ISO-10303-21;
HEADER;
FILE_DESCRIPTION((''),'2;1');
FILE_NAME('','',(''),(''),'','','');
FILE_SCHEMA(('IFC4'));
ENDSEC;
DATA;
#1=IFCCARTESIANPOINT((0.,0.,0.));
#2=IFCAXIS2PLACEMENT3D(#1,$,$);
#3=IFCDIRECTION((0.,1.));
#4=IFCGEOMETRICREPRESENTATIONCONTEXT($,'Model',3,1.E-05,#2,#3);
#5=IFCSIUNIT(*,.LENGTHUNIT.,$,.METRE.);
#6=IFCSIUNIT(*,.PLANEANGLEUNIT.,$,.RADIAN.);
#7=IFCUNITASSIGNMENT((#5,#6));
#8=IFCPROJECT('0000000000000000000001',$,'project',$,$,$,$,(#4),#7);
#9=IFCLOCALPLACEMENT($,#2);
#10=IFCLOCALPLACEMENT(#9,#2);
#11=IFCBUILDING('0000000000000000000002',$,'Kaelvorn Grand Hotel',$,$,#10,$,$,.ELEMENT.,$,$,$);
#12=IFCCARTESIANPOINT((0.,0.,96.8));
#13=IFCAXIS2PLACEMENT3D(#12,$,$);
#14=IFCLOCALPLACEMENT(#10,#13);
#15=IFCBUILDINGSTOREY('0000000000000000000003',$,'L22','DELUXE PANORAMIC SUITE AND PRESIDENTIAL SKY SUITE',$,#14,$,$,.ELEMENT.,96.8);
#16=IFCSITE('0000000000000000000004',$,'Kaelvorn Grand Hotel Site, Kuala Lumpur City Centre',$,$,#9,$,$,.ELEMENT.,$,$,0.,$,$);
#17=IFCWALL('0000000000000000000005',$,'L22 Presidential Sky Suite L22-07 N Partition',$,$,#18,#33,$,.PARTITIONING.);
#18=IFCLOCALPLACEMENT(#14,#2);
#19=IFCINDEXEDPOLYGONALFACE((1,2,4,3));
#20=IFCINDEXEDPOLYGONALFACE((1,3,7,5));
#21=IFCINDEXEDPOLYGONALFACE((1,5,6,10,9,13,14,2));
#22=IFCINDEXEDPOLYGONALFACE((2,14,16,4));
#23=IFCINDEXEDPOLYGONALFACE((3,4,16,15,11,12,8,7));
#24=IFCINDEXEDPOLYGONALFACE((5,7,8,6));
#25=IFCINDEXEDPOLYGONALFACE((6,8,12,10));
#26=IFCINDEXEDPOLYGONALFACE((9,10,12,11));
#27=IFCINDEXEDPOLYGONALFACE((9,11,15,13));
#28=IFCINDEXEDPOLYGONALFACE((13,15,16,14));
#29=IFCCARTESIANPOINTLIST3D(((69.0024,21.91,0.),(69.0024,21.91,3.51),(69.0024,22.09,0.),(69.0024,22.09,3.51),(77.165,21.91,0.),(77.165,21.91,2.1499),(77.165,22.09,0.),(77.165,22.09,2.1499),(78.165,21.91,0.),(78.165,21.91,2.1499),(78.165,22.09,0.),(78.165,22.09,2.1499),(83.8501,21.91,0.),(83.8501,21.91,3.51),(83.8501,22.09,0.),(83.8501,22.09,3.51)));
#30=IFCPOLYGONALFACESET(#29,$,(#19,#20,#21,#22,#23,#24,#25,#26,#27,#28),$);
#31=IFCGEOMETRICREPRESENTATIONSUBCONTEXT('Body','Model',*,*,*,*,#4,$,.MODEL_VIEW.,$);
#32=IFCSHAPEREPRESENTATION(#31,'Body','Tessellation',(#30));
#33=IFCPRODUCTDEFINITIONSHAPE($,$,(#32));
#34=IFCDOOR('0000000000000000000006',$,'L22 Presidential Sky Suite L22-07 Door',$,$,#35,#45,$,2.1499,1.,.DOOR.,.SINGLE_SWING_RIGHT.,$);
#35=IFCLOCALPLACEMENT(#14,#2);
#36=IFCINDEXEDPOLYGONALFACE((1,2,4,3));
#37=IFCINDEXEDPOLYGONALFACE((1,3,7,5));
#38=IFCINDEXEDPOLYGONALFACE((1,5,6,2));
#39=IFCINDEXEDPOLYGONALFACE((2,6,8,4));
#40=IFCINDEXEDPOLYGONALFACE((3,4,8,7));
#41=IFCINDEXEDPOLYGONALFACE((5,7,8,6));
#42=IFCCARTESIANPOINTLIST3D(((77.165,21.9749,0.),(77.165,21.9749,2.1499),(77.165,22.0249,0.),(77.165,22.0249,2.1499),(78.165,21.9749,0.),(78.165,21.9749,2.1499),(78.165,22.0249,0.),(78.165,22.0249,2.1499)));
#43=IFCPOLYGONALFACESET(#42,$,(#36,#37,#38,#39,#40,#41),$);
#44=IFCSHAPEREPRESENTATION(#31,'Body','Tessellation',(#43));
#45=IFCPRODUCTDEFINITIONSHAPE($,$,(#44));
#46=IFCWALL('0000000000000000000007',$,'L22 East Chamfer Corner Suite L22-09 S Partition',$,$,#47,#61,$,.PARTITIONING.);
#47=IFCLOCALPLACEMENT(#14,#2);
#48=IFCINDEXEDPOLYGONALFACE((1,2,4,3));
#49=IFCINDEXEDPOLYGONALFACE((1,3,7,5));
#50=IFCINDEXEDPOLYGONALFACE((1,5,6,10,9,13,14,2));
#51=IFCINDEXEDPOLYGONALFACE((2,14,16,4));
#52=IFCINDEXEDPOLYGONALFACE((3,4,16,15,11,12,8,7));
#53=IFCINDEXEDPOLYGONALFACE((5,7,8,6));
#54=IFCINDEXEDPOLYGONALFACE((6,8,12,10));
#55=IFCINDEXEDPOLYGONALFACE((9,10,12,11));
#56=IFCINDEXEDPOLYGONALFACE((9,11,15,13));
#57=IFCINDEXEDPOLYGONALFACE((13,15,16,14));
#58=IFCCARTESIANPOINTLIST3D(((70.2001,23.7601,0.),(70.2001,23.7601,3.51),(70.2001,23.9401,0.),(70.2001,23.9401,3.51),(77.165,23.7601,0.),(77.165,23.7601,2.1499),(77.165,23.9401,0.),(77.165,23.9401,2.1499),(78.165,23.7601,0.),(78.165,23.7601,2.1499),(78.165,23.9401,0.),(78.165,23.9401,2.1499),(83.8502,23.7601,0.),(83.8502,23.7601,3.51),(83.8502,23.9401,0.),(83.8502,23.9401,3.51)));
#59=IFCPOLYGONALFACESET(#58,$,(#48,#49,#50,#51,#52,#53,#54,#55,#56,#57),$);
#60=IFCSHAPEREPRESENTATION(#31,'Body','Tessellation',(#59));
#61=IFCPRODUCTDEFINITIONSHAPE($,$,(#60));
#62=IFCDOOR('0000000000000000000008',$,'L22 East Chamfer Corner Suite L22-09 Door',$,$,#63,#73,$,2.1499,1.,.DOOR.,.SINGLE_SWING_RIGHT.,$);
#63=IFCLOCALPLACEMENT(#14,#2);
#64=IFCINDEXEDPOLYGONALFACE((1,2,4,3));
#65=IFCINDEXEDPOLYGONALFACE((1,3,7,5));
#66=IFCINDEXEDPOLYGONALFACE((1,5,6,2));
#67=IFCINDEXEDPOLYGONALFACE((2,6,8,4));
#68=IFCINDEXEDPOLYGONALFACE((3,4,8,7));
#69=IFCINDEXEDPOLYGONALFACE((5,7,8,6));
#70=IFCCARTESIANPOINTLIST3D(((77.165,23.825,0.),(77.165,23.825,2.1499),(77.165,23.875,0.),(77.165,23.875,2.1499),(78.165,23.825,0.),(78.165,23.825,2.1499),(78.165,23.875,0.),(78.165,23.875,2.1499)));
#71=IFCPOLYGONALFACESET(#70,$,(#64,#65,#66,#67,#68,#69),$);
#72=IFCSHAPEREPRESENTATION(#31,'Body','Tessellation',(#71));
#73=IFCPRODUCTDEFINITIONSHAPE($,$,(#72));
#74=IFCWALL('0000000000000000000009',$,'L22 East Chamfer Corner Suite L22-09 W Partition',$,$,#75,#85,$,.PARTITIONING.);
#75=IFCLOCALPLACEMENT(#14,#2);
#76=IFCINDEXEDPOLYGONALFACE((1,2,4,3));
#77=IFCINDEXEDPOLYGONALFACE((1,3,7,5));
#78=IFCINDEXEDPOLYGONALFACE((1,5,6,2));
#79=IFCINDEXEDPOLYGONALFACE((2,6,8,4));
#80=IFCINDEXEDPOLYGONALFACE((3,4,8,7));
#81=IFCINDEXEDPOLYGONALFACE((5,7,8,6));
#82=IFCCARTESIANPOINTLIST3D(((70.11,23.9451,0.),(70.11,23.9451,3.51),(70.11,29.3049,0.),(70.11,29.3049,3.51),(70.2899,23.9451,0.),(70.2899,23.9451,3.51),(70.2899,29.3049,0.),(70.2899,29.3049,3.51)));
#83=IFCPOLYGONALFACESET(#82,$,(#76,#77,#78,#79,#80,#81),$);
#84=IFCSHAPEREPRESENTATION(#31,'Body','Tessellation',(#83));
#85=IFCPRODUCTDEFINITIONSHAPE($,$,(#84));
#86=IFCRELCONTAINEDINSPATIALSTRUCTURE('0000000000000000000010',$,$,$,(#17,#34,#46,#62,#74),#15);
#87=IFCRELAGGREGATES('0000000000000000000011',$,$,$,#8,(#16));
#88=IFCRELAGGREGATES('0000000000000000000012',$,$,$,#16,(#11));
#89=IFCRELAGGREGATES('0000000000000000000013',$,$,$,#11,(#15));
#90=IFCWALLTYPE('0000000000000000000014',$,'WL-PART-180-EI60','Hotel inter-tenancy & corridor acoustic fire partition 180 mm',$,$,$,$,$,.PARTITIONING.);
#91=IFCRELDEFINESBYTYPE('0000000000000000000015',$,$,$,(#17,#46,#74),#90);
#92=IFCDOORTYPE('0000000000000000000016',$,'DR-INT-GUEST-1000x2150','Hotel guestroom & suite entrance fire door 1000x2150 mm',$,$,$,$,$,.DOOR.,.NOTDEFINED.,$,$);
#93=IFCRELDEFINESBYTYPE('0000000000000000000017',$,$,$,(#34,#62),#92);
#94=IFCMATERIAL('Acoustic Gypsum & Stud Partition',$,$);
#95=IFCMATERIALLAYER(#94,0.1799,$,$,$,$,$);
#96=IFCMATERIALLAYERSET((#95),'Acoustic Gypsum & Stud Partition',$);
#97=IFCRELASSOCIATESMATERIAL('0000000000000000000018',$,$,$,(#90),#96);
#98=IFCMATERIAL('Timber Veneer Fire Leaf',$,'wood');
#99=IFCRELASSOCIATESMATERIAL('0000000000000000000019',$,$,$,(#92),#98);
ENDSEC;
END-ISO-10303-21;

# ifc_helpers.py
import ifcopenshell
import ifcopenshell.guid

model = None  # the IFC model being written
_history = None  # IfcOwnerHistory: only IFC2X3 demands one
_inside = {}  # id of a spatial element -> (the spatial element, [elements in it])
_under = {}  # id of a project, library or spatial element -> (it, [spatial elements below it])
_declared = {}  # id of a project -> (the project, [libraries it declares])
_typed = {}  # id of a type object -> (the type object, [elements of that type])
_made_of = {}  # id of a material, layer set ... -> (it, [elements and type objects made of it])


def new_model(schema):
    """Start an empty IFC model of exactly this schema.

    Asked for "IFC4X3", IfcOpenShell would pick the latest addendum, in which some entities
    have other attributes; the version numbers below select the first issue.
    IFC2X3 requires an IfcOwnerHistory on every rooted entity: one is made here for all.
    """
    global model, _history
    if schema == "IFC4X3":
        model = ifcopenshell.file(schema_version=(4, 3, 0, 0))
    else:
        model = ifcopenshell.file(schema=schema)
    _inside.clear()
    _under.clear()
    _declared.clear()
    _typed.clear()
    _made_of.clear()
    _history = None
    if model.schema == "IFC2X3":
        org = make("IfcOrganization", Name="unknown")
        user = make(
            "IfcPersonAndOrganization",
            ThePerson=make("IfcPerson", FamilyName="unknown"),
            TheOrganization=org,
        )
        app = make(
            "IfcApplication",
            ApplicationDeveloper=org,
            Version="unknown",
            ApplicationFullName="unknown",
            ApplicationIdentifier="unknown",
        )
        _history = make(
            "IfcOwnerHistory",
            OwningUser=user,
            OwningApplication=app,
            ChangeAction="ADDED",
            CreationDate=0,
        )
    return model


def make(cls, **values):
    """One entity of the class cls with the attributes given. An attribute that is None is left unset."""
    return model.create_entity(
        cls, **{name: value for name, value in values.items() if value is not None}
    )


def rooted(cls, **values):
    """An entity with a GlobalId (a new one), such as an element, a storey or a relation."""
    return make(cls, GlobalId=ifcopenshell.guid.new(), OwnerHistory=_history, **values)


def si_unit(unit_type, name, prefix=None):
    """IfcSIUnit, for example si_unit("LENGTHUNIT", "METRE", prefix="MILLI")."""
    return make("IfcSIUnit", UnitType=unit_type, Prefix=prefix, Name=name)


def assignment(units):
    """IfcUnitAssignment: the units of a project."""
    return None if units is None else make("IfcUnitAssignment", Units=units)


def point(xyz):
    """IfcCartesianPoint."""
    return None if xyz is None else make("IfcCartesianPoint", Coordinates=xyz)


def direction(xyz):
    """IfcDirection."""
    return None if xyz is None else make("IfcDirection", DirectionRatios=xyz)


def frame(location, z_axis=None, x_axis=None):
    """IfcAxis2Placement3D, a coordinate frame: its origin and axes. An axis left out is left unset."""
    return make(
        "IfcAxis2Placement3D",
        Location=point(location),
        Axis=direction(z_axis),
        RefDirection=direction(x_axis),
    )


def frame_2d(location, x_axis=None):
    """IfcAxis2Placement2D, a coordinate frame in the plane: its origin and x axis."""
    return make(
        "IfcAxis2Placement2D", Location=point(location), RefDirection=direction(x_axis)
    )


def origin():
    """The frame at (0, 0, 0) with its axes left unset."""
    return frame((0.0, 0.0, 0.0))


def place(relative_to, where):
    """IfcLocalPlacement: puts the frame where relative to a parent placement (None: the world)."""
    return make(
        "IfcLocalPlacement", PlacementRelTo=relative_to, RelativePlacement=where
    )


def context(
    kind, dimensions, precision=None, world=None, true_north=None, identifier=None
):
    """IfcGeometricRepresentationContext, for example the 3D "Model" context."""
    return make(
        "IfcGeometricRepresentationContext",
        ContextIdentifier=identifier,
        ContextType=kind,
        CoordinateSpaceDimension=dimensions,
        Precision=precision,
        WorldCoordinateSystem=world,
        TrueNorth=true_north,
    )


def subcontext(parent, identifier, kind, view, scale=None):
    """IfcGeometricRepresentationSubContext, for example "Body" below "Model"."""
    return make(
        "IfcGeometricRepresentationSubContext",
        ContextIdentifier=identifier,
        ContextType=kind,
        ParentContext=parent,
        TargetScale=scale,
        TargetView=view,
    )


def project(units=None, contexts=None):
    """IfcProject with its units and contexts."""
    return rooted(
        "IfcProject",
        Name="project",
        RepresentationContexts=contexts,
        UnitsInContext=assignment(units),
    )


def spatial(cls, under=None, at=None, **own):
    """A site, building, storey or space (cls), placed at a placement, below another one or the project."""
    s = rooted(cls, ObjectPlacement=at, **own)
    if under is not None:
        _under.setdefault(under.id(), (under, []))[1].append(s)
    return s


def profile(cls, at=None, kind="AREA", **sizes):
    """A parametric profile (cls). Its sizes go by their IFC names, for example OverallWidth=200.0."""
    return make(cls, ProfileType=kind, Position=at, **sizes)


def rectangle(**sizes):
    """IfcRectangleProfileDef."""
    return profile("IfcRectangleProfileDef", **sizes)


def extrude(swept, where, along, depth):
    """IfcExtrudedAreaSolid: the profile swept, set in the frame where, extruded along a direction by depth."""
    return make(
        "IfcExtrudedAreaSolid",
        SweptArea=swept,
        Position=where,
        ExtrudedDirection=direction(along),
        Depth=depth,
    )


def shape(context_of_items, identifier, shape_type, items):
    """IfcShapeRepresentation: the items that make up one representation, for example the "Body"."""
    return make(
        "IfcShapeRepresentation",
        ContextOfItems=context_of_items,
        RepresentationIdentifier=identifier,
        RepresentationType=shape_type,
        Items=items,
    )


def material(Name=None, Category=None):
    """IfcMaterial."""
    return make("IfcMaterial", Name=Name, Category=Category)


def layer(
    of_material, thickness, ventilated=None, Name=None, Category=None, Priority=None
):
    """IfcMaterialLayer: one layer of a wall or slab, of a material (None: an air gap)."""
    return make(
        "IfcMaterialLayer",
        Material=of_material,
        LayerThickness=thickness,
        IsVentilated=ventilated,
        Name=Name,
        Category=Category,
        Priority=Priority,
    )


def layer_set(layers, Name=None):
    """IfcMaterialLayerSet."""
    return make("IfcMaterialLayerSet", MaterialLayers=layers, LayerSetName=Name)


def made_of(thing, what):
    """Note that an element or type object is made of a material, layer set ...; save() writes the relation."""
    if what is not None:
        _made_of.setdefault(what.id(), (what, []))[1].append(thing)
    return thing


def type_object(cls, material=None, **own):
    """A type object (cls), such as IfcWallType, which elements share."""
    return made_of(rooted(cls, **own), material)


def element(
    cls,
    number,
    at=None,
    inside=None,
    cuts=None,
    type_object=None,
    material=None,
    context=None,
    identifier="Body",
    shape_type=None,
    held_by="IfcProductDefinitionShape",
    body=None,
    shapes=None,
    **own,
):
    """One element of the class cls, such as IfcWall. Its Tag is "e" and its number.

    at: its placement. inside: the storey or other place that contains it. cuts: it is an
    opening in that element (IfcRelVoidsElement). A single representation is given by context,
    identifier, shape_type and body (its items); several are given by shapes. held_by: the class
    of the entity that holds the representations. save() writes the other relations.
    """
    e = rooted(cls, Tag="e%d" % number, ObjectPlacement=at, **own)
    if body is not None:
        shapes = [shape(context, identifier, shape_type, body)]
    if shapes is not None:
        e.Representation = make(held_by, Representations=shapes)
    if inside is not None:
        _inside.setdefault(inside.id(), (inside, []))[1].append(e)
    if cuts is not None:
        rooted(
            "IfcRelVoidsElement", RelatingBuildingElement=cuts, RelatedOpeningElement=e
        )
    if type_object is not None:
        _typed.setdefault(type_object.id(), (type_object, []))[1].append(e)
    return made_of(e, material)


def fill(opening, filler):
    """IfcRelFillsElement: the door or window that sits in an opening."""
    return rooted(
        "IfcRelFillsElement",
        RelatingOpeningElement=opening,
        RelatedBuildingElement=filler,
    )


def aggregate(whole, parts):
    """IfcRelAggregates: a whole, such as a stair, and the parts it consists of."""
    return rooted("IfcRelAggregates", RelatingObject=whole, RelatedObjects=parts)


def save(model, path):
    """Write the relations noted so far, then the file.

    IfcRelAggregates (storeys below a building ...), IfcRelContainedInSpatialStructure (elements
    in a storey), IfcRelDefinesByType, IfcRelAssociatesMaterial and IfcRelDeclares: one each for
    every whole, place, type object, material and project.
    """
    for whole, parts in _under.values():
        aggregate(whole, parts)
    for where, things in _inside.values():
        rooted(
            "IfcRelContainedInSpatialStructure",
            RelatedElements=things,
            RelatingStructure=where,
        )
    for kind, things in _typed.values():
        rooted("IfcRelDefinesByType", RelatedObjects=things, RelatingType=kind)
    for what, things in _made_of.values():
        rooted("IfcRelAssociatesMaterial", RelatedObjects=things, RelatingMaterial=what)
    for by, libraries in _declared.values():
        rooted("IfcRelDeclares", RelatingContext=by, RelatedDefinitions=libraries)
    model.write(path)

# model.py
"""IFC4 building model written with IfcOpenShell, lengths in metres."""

from ifc_helpers import new_model, si_unit, direction, frame, frame_2d, origin, place, context, subcontext, project, spatial, rectangle, extrude, material, layer, layer_set, type_object, element, fill, save


model = new_model("IFC4")

# Units and contexts
model_context = context("Model", 3, precision=1e-05, world=origin(), true_north=direction((0.0, 1.0)))
body_context = subcontext(model_context, "Body", "Model", "MODEL_VIEW")
ifc_project = project(units=[si_unit("LENGTHUNIT", "METRE"), si_unit("PLANEANGLEUNIT", "RADIAN")], contexts=[model_context])

# Site, building, storey
site_placement = place(None, origin())
site = spatial("IfcSite", under=ifc_project, at=site_placement, Name="Kaelvorn Grand Hotel Site, Kuala Lumpur City Centre", CompositionType="ELEMENT", RefElevation=0.0)
building_placement = place(site_placement, origin())
building = spatial("IfcBuilding", under=site, at=building_placement, Name="Kaelvorn Grand Hotel", CompositionType="ELEMENT")
storey_placement = place(building_placement, frame((0.0, 0.0, 96.8)))
storey = spatial("IfcBuildingStorey", under=building, at=storey_placement, Name="L22", Description="DELUXE PANORAMIC SUITE AND PRESIDENTIAL SKY SUITE", CompositionType="ELEMENT", Elevation=96.8)

# Shared definitions
ifc_material_1 = material(Name="Acoustic Gypsum & Stud Partition")

# Walls, openings, doors
ifc_layer_1 = layer(ifc_material_1, 0.1799)
ifc_layer_set_1 = layer_set([ifc_layer_1], Name="Acoustic Gypsum & Stud Partition")
wall_type_1 = type_object("IfcWallType", Name="WL-PART-180-EI60", Description="Hotel inter-tenancy & corridor acoustic fire partition 180 mm", PredefinedType="PARTITIONING", material=ifc_layer_set_1)
wall_1_placement = place(storey_placement, frame((69.0024, 22.0, 0.0), z_axis=(0.0, 0.0, 1.0), x_axis=(1.0, 0.0, 0.0)))
wall_1 = element("IfcWall", 1, at=wall_1_placement, inside=storey, type_object=wall_type_1, Name="L22 Presidential Sky Suite L22-07 N Partition", PredefinedType="PARTITIONING", context=body_context, shape_type="SweptSolid", body=[
    extrude(rectangle(XDim=14.8477, YDim=0.1799, at=frame_2d((7.4238, 0.0))), origin(), (0.0, 0.0, 1.0), 3.51),
])
opening_1_placement = place(wall_1_placement, frame((8.1626, 0.0, 0.0)))
opening_1 = element("IfcOpeningElement", 2, at=opening_1_placement, cuts=wall_1, PredefinedType="OPENING", context=body_context, shape_type="SweptSolid", body=[
    extrude(rectangle(XDim=1.0, YDim=2.1499, at=frame_2d((0.5, 1.075))), frame((0.0, 0.1001, 0.0), z_axis=(0.0, -1.0, 0.0), x_axis=(1.0, 0.0, 0.0)), (0.0, 0.0, 1.0), 0.2),
])
ifc_material_2 = material(Name="Timber Veneer Fire Leaf", Category="wood")
door_type_1 = type_object("IfcDoorType", Name="DR-INT-GUEST-1000x2150", Description="Hotel guestroom & suite entrance fire door 1000x2150 mm", OperationType="NOTDEFINED", PredefinedType="DOOR", material=ifc_material_2)
door_1_placement = place(opening_1_placement, origin())
door_1 = element("IfcDoor", 3, at=door_1_placement, inside=storey, type_object=door_type_1, Name="L22 Presidential Sky Suite L22-07 Door", OperationType="SINGLE_SWING_RIGHT", OverallHeight=2.1499, OverallWidth=1.0, PredefinedType="DOOR", context=body_context, shape_type="SweptSolid", body=[
    extrude(rectangle(XDim=1.0, YDim=2.1499, at=frame_2d((0.5, 1.075))), frame((0.0, 0.0249, 0.0), z_axis=(0.0, -1.0, 0.0), x_axis=(1.0, 0.0, 0.0)), (0.0, 0.0, 1.0), 0.05),
])
fill(opening_1, door_1)
wall_2_placement = place(storey_placement, frame((70.2, 23.8501, 0.0), z_axis=(0.0, 0.0, 1.0), x_axis=(1.0, 0.0, 0.0)))
wall_2 = element("IfcWall", 4, at=wall_2_placement, inside=storey, type_object=wall_type_1, Name="L22 East Chamfer Corner Suite L22-09 S Partition", PredefinedType="PARTITIONING", context=body_context, shape_type="SweptSolid", body=[
    extrude(rectangle(XDim=13.6501, YDim=0.1799, at=frame_2d((6.8252, 0.0))), origin(), (0.0, 0.0, 1.0), 3.51),
])
opening_2_placement = place(wall_2_placement, frame((6.9651, 0.0, 0.0)))
opening_2 = element("IfcOpeningElement", 5, at=opening_2_placement, cuts=wall_2, PredefinedType="OPENING", context=body_context, shape_type="SweptSolid", body=[
    extrude(rectangle(XDim=1.0, YDim=2.1499, at=frame_2d((0.5, 1.075))), frame((0.0, 0.1001, 0.0), z_axis=(0.0, -1.0, 0.0), x_axis=(1.0, 0.0, 0.0)), (0.0, 0.0, 1.0), 0.2),
])
door_2_placement = place(opening_2_placement, origin())
door_2 = element("IfcDoor", 6, at=door_2_placement, inside=storey, type_object=door_type_1, Name="L22 East Chamfer Corner Suite L22-09 Door", OperationType="SINGLE_SWING_RIGHT", OverallHeight=2.1499, OverallWidth=1.0, PredefinedType="DOOR", context=body_context, shape_type="SweptSolid", body=[
    extrude(rectangle(XDim=1.0, YDim=2.1499, at=frame_2d((0.5, 1.075))), frame((0.0, 0.0249, 0.0), z_axis=(0.0, -1.0, 0.0), x_axis=(1.0, 0.0, 0.0)), (0.0, 0.0, 1.0), 0.05),
])
fill(opening_2, door_2)

# Wall
wall_3_placement = place(storey_placement, frame((70.2, 23.9451, 0.0), z_axis=(0.0, 0.0, 1.0), x_axis=(0.0, 1.0, 0.0)))
element("IfcWall", 7, at=wall_3_placement, inside=storey, type_object=wall_type_1, Name="L22 East Chamfer Corner Suite L22-09 W Partition", PredefinedType="PARTITIONING", context=body_context, shape_type="SweptSolid", body=[
    extrude(rectangle(XDim=5.3599, YDim=0.1799, at=frame_2d((2.6799, 0.0))), origin(), (0.0, 0.0, 1.0), 3.51),
])

save(model, "model.ifc")
